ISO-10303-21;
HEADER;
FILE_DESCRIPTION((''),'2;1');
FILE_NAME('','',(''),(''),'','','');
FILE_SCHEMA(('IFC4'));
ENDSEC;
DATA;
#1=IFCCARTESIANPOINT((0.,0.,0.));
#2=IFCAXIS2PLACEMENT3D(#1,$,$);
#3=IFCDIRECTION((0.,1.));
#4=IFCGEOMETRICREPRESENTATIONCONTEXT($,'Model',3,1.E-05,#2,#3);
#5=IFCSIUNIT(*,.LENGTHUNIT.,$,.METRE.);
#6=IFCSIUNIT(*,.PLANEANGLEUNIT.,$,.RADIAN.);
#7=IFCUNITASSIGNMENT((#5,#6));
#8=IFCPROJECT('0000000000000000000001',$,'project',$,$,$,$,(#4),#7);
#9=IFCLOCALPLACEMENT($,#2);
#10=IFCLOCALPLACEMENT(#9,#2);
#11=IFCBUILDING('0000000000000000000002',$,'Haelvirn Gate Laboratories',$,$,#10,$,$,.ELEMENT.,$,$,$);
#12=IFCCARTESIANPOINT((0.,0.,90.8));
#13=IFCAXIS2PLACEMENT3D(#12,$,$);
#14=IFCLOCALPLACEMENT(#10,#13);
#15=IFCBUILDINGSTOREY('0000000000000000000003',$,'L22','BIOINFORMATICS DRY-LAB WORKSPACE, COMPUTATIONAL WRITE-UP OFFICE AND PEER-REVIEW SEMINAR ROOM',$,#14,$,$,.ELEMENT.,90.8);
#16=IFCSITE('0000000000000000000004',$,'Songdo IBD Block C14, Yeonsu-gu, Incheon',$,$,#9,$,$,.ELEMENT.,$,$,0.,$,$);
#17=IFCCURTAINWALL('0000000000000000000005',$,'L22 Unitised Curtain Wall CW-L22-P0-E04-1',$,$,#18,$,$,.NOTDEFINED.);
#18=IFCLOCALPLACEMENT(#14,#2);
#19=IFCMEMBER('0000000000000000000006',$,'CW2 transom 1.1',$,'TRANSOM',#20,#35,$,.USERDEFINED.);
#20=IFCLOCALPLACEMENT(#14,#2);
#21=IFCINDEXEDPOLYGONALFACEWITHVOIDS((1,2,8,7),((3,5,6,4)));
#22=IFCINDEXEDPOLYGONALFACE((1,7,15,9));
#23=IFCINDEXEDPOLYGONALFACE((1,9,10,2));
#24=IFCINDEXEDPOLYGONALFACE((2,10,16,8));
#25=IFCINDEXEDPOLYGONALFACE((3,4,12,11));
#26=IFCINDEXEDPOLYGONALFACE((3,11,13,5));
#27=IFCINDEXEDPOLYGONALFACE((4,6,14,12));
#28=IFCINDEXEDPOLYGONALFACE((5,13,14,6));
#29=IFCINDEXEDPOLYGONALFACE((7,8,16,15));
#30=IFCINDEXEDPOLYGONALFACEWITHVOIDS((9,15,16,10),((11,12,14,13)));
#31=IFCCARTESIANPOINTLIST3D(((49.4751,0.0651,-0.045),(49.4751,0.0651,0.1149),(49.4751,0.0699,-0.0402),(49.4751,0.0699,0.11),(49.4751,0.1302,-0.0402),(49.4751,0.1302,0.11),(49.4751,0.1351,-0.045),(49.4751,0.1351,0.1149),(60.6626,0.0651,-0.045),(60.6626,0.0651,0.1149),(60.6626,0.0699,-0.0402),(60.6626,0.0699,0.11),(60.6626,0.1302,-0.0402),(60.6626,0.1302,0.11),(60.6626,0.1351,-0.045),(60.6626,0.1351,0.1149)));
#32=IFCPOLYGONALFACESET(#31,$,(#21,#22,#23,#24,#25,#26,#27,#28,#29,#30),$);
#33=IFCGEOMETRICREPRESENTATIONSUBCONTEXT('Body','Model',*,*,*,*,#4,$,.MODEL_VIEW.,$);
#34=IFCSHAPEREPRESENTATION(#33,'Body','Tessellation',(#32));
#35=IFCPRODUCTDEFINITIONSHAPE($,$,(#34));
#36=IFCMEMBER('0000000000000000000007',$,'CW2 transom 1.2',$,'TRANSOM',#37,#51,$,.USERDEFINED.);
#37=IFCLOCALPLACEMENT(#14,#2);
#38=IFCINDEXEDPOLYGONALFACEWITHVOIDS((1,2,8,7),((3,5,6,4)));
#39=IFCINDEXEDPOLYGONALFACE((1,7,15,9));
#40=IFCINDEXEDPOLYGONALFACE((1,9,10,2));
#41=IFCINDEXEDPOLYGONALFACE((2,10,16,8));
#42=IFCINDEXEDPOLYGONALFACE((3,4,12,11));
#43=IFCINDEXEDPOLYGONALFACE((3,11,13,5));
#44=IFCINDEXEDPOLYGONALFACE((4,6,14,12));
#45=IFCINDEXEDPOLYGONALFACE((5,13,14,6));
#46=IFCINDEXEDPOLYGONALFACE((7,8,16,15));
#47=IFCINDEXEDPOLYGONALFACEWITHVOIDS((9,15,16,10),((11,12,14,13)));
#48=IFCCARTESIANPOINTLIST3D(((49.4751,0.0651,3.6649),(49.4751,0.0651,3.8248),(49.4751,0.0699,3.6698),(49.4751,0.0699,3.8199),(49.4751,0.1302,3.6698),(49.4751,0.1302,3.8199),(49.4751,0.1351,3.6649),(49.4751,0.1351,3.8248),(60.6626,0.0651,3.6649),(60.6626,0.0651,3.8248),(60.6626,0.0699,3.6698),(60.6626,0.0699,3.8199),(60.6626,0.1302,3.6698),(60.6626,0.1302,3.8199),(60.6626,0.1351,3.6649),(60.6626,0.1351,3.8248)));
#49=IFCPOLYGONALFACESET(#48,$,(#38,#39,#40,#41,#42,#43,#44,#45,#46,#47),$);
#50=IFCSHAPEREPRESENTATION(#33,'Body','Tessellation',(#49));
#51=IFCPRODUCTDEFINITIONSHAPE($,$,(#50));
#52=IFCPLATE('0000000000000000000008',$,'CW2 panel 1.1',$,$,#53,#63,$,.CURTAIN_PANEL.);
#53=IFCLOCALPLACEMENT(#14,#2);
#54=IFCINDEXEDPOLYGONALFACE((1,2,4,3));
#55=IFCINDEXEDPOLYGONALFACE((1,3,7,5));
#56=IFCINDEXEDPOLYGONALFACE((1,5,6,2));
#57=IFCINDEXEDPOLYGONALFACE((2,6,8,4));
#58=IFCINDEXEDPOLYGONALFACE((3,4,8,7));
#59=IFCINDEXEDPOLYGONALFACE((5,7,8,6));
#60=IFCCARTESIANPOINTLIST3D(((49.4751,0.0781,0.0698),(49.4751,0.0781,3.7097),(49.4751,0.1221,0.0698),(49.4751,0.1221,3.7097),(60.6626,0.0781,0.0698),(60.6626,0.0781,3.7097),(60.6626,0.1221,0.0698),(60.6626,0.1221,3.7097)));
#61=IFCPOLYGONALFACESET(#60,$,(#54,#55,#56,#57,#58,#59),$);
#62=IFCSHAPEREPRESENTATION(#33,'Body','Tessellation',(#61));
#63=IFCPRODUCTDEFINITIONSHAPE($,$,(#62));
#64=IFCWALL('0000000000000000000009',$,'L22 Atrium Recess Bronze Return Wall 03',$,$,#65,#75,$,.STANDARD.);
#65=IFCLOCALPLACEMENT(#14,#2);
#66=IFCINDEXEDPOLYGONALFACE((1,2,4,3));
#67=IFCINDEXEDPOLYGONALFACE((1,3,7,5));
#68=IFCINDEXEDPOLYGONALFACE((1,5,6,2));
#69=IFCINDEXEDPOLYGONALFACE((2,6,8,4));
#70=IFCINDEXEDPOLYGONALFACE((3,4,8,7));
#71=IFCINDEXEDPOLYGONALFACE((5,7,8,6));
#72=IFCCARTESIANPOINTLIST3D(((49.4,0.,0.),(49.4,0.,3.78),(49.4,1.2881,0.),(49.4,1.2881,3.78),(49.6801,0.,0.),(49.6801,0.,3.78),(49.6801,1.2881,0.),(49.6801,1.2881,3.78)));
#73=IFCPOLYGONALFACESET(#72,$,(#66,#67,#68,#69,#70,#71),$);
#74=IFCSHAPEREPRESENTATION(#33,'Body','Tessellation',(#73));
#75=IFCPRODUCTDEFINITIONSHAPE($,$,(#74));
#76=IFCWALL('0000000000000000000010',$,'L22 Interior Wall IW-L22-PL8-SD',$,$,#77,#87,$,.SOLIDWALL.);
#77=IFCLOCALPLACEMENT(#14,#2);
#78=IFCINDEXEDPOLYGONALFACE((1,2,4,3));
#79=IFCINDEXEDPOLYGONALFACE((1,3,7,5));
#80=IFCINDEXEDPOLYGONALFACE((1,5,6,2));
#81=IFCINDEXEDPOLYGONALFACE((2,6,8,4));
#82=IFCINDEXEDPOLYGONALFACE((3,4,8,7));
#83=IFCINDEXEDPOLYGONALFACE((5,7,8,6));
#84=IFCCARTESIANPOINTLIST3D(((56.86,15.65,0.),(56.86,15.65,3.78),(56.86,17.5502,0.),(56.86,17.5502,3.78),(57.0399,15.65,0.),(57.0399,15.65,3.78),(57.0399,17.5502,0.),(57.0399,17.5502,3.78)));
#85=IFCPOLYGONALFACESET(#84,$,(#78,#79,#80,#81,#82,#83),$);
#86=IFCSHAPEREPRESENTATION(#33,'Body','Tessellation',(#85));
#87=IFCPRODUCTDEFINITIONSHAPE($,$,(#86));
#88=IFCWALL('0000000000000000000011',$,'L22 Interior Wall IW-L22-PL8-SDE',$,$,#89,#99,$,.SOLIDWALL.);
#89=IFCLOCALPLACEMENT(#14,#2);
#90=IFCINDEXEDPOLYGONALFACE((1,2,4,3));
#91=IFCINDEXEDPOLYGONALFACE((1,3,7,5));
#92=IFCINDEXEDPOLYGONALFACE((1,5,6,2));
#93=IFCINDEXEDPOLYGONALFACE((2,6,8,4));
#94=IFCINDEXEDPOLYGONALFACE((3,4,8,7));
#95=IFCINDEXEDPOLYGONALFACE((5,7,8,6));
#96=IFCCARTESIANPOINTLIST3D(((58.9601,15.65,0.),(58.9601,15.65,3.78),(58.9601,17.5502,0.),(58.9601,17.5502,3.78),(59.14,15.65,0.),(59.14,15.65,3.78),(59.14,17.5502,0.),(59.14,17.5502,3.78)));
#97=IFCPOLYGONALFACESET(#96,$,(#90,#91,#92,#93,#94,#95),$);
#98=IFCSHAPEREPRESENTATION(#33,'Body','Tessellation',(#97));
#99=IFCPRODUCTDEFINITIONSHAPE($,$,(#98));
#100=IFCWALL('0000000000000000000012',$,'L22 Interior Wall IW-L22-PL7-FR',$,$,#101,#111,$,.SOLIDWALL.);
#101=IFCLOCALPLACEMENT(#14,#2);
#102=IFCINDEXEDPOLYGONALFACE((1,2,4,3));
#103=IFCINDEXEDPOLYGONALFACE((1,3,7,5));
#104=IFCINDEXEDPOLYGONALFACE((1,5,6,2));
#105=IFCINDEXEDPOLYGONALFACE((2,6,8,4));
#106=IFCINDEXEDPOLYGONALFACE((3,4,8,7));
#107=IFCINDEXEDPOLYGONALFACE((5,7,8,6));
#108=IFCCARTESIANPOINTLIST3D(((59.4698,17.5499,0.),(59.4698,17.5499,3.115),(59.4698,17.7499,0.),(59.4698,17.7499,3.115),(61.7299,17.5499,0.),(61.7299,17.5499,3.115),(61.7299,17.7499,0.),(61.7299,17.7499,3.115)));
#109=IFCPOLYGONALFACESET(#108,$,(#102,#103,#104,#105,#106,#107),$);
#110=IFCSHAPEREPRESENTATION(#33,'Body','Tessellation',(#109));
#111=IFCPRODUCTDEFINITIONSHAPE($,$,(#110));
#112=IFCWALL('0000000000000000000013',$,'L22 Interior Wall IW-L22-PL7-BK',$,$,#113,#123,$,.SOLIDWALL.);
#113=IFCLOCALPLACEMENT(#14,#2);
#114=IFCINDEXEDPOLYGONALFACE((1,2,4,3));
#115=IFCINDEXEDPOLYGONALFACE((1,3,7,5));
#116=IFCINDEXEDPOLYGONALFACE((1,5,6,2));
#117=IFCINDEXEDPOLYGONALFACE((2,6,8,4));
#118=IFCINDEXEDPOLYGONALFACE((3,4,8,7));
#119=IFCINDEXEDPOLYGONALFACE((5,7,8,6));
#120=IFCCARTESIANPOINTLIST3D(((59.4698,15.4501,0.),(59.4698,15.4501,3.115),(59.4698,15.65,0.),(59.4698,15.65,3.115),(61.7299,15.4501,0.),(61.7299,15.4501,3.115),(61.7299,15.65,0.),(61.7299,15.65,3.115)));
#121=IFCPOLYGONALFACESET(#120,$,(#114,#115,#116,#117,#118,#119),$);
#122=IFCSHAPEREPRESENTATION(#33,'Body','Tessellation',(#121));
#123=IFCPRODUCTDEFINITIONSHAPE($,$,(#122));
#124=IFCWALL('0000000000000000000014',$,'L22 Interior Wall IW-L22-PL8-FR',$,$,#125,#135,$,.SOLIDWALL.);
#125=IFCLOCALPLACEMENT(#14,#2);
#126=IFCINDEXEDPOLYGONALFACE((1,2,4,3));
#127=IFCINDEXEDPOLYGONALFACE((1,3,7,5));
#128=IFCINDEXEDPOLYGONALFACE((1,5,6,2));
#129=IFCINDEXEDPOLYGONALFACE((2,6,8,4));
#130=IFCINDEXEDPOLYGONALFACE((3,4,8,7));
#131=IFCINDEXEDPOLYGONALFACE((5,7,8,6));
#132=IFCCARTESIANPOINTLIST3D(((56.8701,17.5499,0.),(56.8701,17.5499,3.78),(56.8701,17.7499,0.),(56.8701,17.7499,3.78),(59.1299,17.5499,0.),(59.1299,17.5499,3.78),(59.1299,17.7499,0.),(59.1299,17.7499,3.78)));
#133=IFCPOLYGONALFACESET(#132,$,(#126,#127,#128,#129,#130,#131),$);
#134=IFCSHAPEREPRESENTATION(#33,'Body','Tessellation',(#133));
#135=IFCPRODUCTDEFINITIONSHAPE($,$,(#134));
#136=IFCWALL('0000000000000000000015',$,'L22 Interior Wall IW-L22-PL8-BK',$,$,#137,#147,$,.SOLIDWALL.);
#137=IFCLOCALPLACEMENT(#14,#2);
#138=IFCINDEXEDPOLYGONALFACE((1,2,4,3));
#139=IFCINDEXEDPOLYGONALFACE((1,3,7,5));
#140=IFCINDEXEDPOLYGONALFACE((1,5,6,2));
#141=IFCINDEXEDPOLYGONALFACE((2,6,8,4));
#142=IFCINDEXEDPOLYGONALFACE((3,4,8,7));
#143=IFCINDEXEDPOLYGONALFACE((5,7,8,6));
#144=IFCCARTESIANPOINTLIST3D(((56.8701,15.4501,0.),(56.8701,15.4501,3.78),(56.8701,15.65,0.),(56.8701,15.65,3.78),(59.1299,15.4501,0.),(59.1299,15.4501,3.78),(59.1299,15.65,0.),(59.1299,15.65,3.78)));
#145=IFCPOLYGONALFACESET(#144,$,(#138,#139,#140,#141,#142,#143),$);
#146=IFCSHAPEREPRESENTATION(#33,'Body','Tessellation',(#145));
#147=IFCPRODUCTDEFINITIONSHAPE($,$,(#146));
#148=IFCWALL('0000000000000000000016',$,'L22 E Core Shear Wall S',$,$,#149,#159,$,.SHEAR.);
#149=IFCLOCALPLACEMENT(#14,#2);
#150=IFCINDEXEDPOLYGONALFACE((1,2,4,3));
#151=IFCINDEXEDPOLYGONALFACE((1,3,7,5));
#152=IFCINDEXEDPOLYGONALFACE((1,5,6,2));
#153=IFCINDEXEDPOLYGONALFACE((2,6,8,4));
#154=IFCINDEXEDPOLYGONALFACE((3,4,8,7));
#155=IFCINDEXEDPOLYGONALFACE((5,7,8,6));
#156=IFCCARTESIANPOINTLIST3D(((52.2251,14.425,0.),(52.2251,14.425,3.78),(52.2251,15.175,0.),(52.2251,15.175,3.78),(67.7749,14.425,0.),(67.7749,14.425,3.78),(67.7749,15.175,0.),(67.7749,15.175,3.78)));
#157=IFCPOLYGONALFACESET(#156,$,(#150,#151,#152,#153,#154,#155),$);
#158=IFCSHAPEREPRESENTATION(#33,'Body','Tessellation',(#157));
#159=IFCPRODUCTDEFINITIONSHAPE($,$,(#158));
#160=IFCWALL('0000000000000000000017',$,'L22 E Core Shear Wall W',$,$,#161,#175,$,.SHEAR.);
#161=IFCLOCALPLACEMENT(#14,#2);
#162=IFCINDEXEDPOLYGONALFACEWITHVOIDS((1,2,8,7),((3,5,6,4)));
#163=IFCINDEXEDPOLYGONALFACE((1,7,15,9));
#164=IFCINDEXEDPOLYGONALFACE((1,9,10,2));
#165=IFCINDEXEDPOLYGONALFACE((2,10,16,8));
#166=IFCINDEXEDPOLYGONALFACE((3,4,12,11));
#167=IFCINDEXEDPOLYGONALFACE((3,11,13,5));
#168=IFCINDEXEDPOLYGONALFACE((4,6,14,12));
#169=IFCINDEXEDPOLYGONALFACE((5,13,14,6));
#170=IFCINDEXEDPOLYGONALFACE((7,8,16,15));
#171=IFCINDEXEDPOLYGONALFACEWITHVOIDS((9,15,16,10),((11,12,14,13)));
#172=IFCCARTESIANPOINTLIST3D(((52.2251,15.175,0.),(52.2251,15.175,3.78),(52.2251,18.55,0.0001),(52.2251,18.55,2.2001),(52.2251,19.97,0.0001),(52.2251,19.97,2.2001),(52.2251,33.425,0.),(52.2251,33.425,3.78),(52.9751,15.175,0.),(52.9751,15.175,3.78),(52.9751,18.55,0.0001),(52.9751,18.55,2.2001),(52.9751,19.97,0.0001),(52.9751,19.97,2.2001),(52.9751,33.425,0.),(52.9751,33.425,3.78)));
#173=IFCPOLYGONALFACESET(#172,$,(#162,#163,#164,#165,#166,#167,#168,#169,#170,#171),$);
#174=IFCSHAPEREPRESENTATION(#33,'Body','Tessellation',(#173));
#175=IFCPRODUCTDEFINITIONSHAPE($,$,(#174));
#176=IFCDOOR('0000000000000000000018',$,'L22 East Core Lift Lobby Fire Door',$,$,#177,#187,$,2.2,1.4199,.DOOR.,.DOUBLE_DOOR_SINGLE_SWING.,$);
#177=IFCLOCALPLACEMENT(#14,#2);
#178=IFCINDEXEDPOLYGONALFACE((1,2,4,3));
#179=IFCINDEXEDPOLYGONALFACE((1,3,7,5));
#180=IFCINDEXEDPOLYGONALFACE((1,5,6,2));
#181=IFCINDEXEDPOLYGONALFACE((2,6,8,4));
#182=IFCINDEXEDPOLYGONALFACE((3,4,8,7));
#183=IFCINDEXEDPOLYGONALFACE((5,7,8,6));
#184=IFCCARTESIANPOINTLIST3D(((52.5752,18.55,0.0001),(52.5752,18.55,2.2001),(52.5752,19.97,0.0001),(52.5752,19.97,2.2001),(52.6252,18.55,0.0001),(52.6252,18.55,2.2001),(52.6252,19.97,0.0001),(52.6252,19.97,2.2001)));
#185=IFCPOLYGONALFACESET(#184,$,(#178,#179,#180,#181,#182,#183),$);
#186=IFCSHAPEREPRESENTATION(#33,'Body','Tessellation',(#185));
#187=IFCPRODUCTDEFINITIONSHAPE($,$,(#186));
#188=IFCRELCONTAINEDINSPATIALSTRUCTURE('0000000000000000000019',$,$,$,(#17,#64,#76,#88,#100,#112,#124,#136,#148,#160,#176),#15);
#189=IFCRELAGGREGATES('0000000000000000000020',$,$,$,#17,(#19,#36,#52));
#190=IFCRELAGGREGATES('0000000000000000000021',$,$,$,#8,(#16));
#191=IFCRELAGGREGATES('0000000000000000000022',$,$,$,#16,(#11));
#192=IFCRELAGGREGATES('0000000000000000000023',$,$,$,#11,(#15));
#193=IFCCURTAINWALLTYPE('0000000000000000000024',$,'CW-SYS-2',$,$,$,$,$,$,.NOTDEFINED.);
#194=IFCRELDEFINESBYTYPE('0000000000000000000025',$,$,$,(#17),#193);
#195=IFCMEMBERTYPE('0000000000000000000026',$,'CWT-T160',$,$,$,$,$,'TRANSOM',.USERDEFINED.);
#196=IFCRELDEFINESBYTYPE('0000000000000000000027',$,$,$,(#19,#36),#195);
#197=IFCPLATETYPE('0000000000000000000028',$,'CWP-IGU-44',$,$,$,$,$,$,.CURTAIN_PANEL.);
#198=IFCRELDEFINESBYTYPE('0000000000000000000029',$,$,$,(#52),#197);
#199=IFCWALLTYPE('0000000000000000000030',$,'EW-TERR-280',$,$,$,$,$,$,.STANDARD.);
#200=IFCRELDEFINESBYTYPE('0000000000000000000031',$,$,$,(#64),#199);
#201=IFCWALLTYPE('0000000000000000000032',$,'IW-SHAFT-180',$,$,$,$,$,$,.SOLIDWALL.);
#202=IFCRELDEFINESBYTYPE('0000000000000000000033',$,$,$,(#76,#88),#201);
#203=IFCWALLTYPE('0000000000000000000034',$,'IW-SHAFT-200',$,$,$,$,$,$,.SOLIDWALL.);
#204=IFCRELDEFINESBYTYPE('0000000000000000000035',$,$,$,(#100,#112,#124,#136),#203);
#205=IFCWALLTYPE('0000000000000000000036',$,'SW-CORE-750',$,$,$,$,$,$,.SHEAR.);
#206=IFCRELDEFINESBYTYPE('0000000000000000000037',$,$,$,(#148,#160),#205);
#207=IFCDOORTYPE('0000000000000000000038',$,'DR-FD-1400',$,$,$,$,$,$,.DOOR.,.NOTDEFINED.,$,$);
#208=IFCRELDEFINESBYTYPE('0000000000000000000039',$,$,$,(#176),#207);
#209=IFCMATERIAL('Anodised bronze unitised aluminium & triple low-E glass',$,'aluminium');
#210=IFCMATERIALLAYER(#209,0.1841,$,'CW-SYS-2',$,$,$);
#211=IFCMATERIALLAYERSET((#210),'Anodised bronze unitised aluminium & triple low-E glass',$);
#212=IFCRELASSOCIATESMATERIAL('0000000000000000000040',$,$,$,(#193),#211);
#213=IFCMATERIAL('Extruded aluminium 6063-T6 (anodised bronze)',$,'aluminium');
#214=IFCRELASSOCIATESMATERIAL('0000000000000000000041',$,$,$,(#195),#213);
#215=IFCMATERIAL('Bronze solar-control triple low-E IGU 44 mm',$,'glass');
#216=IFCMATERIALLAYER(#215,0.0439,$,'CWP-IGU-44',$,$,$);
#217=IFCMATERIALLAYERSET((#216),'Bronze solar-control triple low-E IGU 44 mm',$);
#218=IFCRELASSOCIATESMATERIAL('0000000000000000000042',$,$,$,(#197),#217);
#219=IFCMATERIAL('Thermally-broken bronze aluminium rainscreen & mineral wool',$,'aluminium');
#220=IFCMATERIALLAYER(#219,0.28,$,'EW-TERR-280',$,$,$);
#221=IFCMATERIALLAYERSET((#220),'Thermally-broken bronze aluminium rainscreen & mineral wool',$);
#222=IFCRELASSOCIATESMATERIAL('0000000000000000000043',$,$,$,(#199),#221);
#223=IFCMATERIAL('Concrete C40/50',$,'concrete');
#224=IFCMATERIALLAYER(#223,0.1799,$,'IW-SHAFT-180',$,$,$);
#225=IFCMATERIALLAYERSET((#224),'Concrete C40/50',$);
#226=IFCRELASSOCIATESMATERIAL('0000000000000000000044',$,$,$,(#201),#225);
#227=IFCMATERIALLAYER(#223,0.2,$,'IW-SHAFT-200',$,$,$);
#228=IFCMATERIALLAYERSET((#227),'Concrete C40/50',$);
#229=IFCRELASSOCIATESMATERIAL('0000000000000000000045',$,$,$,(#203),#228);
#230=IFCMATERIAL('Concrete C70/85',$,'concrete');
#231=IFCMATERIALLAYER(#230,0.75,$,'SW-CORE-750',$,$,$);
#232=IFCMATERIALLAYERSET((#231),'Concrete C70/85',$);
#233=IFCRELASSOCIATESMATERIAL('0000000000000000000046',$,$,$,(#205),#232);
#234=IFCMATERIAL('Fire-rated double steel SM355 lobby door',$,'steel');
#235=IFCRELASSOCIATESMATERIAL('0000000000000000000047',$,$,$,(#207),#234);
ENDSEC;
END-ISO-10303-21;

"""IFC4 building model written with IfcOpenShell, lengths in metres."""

from ifc_helpers import new_model, si_unit, direction, frame, frame_2d, origin, origin_2d, place, context, subcontext, project, spatial, rectangle, hollow_rectangle, extrude, source, transform, mapped, material, layer, layer_set, material_profile, profile_set, type_object, type_shapes, element, fill, aggregate, save


model = new_model("IFC4")

# Units and contexts
model_context = context("Model", 3, precision=1e-05, world=origin(), true_north=direction((0.0, 1.0)))
body_context = subcontext(model_context, "Body", "Model", "MODEL_VIEW")
ifc_project = project(units=[si_unit("LENGTHUNIT", "METRE"), si_unit("PLANEANGLEUNIT", "RADIAN")], contexts=[model_context])

# Site, building, storey
site_placement = place(None, origin())
site = spatial("IfcSite", under=ifc_project, at=site_placement, Name="Songdo IBD Block C14, Yeonsu-gu, Incheon", CompositionType="ELEMENT", RefElevation=0.0)
building_placement = place(site_placement, origin())
building = spatial("IfcBuilding", under=site, at=building_placement, Name="Haelvirn Gate Laboratories", CompositionType="ELEMENT")
storey_placement = place(building_placement, frame((0.0, 0.0, 90.8)))
storey = spatial("IfcBuildingStorey", under=building, at=storey_placement, Name="L22", Description="BIOINFORMATICS DRY-LAB WORKSPACE, COMPUTATIONAL WRITE-UP OFFICE AND PEER-REVIEW SEMINAR ROOM", CompositionType="ELEMENT", Elevation=90.8)

# Shared definitions
ifc_material_1 = material(Name="Concrete C70/85", Category="concrete")

# Shared definitions
ifc_material_2 = material(Name="Anodised bronze unitised aluminium & triple low-E glass", Category="aluminium")
ifc_layer_1 = layer(ifc_material_2, 0.1841, Name="CW-SYS-2")
ifc_layer_set_1 = layer_set([ifc_layer_1], Name="Anodised bronze unitised aluminium & triple low-E glass")
curtain_wall_type = type_object("IfcCurtainWallType", Name="CW-SYS-2", PredefinedType="NOTDEFINED", material=ifc_layer_set_1)
ifc_material_3 = material(Name="Extruded aluminium 6063-T6 (anodised bronze)", Category="aluminium")

# Curtain wall, members, plate
curtain_wall_1_placement = place(storey_placement, origin())
curtain_wall_1 = element("IfcCurtainWall", 1, at=curtain_wall_1_placement, inside=storey, type_object=curtain_wall_type, Name="L22 Unitised Curtain Wall CW-L22-P0-E04-1", PredefinedType="NOTDEFINED")
ifc_material_profile_1 = material_profile(ifc_material_3, hollow_rectangle(XDim=0.0701, YDim=0.1599, WallThickness=0.0049, at=origin_2d()), Name="CWT-160x70x5")
ifc_profile_set_1 = profile_set([ifc_material_profile_1], Name="Extruded aluminium 6063-T6 (anodised bronze)")
member_type_1 = type_object("IfcMemberType", Name="CWT-T160", ElementType="TRANSOM", PredefinedType="USERDEFINED", material=ifc_profile_set_1)
shared_shape_1 = source(origin(), body_context, "Body", "SweptSolid", [
    extrude(hollow_rectangle(XDim=0.0701, YDim=0.1599, WallThickness=0.0049, at=origin_2d()), origin(), (0.0, 0.0, 1.0), 11.1875),
])
type_shapes(member_type_1, [shared_shape_1])
member_1_placement = place(storey_placement, frame((49.4751, 0.1001, 0.0349), z_axis=(1.0, 0.0, 0.0), x_axis=(0.0, 1.0, 0.0)))
member_1 = element("IfcMember", 2, at=member_1_placement, type_object=member_type_1, Name="CW2 transom 1.1", ObjectType="TRANSOM", PredefinedType="USERDEFINED", context=body_context, shape_type="MappedRepresentation", body=[
    mapped(shared_shape_1, transform((0.0, 0.0, 0.0), scale=1.0)),
])
member_2_placement = place(storey_placement, frame((49.4751, 0.1001, 3.7449), z_axis=(1.0, 0.0, 0.0), x_axis=(0.0, 1.0, 0.0)))
member_2 = element("IfcMember", 3, at=member_2_placement, type_object=member_type_1, Name="CW2 transom 1.2", ObjectType="TRANSOM", PredefinedType="USERDEFINED", context=body_context, shape_type="MappedRepresentation", body=[
    mapped(shared_shape_1, transform((0.0, 0.0, 0.0), scale=1.0)),
])
ifc_material_4 = material(Name="Bronze solar-control triple low-E IGU 44 mm", Category="glass")
ifc_layer_2 = layer(ifc_material_4, 0.0439, Name="CWP-IGU-44")
ifc_layer_set_2 = layer_set([ifc_layer_2], Name="Bronze solar-control triple low-E IGU 44 mm")
plate_type = type_object("IfcPlateType", Name="CWP-IGU-44", PredefinedType="CURTAIN_PANEL", material=ifc_layer_set_2)
shared_shape_2 = source(origin(), body_context, "Body", "SweptSolid", [
    extrude(rectangle(XDim=11.1875, YDim=0.0439, at=origin_2d()), origin(), (0.0, 0.0, 1.0), 3.6399),
])
type_shapes(plate_type, [shared_shape_2])
plate_placement = place(storey_placement, frame((55.0688, 0.1001, 0.0698), z_axis=(0.0, 0.0, 1.0), x_axis=(1.0, 0.0, 0.0)))
plate = element("IfcPlate", 4, at=plate_placement, type_object=plate_type, Name="CW2 panel 1.1", PredefinedType="CURTAIN_PANEL", context=body_context, shape_type="MappedRepresentation", body=[
    mapped(shared_shape_2, transform((0.0, 0.0, 0.0), scale=1.0)),
])
aggregate(curtain_wall_1, [member_1, member_2, plate])

# Walls
ifc_material_5 = material(Name="Thermally-broken bronze aluminium rainscreen & mineral wool", Category="aluminium")
ifc_layer_3 = layer(ifc_material_5, 0.28, Name="EW-TERR-280")
ifc_layer_set_3 = layer_set([ifc_layer_3], Name="Thermally-broken bronze aluminium rainscreen & mineral wool")
wall_type_1 = type_object("IfcWallType", Name="EW-TERR-280", PredefinedType="STANDARD", material=ifc_layer_set_3)
wall_1_placement = place(storey_placement, frame((49.54, 1.2881, 0.0), z_axis=(0.0, 0.0, 1.0), x_axis=(0.0, -1.0, 0.0)))
element("IfcWall", 5, at=wall_1_placement, inside=storey, type_object=wall_type_1, Name="L22 Atrium Recess Bronze Return Wall 03", PredefinedType="STANDARD", context=body_context, shape_type="SweptSolid", body=[
    extrude(rectangle(XDim=1.2881, YDim=0.28, at=frame_2d((0.644, 0.0))), origin(), (0.0, 0.0, 1.0), 3.78),
])
ifc_material_6 = material(Name="Concrete C40/50", Category="concrete")
ifc_layer_4 = layer(ifc_material_6, 0.1799, Name="IW-SHAFT-180")
ifc_layer_set_4 = layer_set([ifc_layer_4], Name="Concrete C40/50")
wall_type_2 = type_object("IfcWallType", Name="IW-SHAFT-180", PredefinedType="SOLIDWALL", material=ifc_layer_set_4)
for number, where, z_axis, x_axis, name in (
    (6, (56.95, 15.6499, 0.0), (0.0, 0.0, 1.0), (0.0, 1.0, 0.0), "L22 Interior Wall IW-L22-PL8-SD"),
    (7, (59.05, 15.6499, 0.0), (0.0, 0.0, 1.0), (0.0, 1.0, 0.0), "L22 Interior Wall IW-L22-PL8-SDE"),
):
    element("IfcWall", number, at=place(storey_placement, frame(where, z_axis=z_axis, x_axis=x_axis)), inside=storey, type_object=wall_type_2, Name=name, PredefinedType="SOLIDWALL", context=body_context, shape_type="SweptSolid", body=[
        extrude(rectangle(XDim=1.9001, YDim=0.1799, at=frame_2d((0.9502, 0.0))), origin(), (0.0, 0.0, 1.0), 3.78),
    ])
ifc_layer_5 = layer(ifc_material_6, 0.2, Name="IW-SHAFT-200")
ifc_layer_set_5 = layer_set([ifc_layer_5], Name="Concrete C40/50")
wall_type_3 = type_object("IfcWallType", Name="IW-SHAFT-200", PredefinedType="SOLIDWALL", material=ifc_layer_set_5)
for number, where, z_axis, x_axis, name in (
    (8, (59.47, 17.6499, 0.0), (0.0, 0.0, 1.0), (1.0, 0.0, 0.0), "L22 Interior Wall IW-L22-PL7-FR"),
    (9, (59.47, 15.55, 0.0), (0.0, 0.0, 1.0), (1.0, 0.0, 0.0), "L22 Interior Wall IW-L22-PL7-BK"),
):
    element("IfcWall", number, at=place(storey_placement, frame(where, z_axis=z_axis, x_axis=x_axis)), inside=storey, type_object=wall_type_3, Name=name, PredefinedType="SOLIDWALL", context=body_context, shape_type="SweptSolid", body=[
        extrude(rectangle(XDim=2.26, YDim=0.2, at=frame_2d((1.1299, 0.0))), origin(), (0.0, 0.0, 1.0), 3.115),
    ])
for number, where, z_axis, x_axis, name in (
    (10, (56.8701, 17.6499, 0.0), (0.0, 0.0, 1.0), (1.0, 0.0, 0.0), "L22 Interior Wall IW-L22-PL8-FR"),
    (11, (56.8701, 15.55, 0.0), (0.0, 0.0, 1.0), (1.0, 0.0, 0.0), "L22 Interior Wall IW-L22-PL8-BK"),
):
    element("IfcWall", number, at=place(storey_placement, frame(where, z_axis=z_axis, x_axis=x_axis)), inside=storey, type_object=wall_type_3, Name=name, PredefinedType="SOLIDWALL", context=body_context, shape_type="SweptSolid", body=[
        extrude(rectangle(XDim=2.2598, YDim=0.2, at=frame_2d((1.1299, 0.0))), origin(), (0.0, 0.0, 1.0), 3.78),
    ])
ifc_layer_6 = layer(ifc_material_1, 0.75, Name="SW-CORE-750")
ifc_layer_set_6 = layer_set([ifc_layer_6], Name="Concrete C70/85")
wall_type_4 = type_object("IfcWallType", Name="SW-CORE-750", PredefinedType="SHEAR", material=ifc_layer_set_6)
wall_2_placement = place(storey_placement, frame((52.2251, 14.8, 0.0), z_axis=(0.0, 0.0, 1.0), x_axis=(1.0, 0.0, 0.0)))
element("IfcWall", 12, at=wall_2_placement, inside=storey, type_object=wall_type_4, Name="L22 E Core Shear Wall S", PredefinedType="SHEAR", context=body_context, shape_type="SweptSolid", body=[
    extrude(rectangle(XDim=15.5498, YDim=0.75, at=frame_2d((7.7749, 0.0))), origin(), (0.0, 0.0, 1.0), 3.78),
])

# Wall, opening, door
wall_3_placement = place(storey_placement, frame((52.6001, 15.175, 0.0), z_axis=(0.0, 0.0, 1.0), x_axis=(0.0, 1.0, 0.0)))
wall_3 = element("IfcWall", 13, at=wall_3_placement, inside=storey, type_object=wall_type_4, Name="L22 E Core Shear Wall W", PredefinedType="SHEAR", context=body_context, shape_type="SweptSolid", body=[
    extrude(rectangle(XDim=18.25, YDim=0.75, at=frame_2d((9.125, 0.0))), origin(), (0.0, 0.0, 1.0), 3.78),
])
opening_placement = place(wall_3_placement, frame((3.375, 0.0, 0.0)))
opening = element("IfcOpeningElement", 14, at=opening_placement, cuts=wall_3, PredefinedType="OPENING", context=body_context, shape_type="SweptSolid", body=[
    extrude(rectangle(XDim=1.4199, YDim=2.2, at=frame_2d((0.71, 1.1001))), frame((0.0, 0.385, 0.0), z_axis=(0.0, -1.0, 0.0), x_axis=(1.0, 0.0, 0.0)), (0.0, 0.0, 1.0), 0.77),
])
ifc_material_7 = material(Name="Fire-rated double steel SM355 lobby door", Category="steel")
door_type = type_object("IfcDoorType", Name="DR-FD-1400", OperationType="NOTDEFINED", PredefinedType="DOOR", material=ifc_material_7)
shared_shape_3 = source(origin(), body_context, "Body", "SweptSolid", [
    extrude(rectangle(XDim=1.4199, YDim=2.2, at=frame_2d((0.71, 1.1001))), frame((0.0, 0.0249, 0.0), z_axis=(0.0, -1.0, 0.0), x_axis=(1.0, 0.0, 0.0)), (0.0, 0.0, 1.0), 0.05),
])
type_shapes(door_type, [shared_shape_3])
door_placement = place(opening_placement, origin())
door = element("IfcDoor", 15, at=door_placement, inside=storey, type_object=door_type, Name="L22 East Core Lift Lobby Fire Door", OperationType="DOUBLE_DOOR_SINGLE_SWING", OverallHeight=2.2, OverallWidth=1.4199, PredefinedType="DOOR", context=body_context, shape_type="MappedRepresentation", body=[
    mapped(shared_shape_3, transform((0.0, 0.0, 0.0), scale=1.0)),
])
fill(opening, door)

save(model, "model.ifc")
